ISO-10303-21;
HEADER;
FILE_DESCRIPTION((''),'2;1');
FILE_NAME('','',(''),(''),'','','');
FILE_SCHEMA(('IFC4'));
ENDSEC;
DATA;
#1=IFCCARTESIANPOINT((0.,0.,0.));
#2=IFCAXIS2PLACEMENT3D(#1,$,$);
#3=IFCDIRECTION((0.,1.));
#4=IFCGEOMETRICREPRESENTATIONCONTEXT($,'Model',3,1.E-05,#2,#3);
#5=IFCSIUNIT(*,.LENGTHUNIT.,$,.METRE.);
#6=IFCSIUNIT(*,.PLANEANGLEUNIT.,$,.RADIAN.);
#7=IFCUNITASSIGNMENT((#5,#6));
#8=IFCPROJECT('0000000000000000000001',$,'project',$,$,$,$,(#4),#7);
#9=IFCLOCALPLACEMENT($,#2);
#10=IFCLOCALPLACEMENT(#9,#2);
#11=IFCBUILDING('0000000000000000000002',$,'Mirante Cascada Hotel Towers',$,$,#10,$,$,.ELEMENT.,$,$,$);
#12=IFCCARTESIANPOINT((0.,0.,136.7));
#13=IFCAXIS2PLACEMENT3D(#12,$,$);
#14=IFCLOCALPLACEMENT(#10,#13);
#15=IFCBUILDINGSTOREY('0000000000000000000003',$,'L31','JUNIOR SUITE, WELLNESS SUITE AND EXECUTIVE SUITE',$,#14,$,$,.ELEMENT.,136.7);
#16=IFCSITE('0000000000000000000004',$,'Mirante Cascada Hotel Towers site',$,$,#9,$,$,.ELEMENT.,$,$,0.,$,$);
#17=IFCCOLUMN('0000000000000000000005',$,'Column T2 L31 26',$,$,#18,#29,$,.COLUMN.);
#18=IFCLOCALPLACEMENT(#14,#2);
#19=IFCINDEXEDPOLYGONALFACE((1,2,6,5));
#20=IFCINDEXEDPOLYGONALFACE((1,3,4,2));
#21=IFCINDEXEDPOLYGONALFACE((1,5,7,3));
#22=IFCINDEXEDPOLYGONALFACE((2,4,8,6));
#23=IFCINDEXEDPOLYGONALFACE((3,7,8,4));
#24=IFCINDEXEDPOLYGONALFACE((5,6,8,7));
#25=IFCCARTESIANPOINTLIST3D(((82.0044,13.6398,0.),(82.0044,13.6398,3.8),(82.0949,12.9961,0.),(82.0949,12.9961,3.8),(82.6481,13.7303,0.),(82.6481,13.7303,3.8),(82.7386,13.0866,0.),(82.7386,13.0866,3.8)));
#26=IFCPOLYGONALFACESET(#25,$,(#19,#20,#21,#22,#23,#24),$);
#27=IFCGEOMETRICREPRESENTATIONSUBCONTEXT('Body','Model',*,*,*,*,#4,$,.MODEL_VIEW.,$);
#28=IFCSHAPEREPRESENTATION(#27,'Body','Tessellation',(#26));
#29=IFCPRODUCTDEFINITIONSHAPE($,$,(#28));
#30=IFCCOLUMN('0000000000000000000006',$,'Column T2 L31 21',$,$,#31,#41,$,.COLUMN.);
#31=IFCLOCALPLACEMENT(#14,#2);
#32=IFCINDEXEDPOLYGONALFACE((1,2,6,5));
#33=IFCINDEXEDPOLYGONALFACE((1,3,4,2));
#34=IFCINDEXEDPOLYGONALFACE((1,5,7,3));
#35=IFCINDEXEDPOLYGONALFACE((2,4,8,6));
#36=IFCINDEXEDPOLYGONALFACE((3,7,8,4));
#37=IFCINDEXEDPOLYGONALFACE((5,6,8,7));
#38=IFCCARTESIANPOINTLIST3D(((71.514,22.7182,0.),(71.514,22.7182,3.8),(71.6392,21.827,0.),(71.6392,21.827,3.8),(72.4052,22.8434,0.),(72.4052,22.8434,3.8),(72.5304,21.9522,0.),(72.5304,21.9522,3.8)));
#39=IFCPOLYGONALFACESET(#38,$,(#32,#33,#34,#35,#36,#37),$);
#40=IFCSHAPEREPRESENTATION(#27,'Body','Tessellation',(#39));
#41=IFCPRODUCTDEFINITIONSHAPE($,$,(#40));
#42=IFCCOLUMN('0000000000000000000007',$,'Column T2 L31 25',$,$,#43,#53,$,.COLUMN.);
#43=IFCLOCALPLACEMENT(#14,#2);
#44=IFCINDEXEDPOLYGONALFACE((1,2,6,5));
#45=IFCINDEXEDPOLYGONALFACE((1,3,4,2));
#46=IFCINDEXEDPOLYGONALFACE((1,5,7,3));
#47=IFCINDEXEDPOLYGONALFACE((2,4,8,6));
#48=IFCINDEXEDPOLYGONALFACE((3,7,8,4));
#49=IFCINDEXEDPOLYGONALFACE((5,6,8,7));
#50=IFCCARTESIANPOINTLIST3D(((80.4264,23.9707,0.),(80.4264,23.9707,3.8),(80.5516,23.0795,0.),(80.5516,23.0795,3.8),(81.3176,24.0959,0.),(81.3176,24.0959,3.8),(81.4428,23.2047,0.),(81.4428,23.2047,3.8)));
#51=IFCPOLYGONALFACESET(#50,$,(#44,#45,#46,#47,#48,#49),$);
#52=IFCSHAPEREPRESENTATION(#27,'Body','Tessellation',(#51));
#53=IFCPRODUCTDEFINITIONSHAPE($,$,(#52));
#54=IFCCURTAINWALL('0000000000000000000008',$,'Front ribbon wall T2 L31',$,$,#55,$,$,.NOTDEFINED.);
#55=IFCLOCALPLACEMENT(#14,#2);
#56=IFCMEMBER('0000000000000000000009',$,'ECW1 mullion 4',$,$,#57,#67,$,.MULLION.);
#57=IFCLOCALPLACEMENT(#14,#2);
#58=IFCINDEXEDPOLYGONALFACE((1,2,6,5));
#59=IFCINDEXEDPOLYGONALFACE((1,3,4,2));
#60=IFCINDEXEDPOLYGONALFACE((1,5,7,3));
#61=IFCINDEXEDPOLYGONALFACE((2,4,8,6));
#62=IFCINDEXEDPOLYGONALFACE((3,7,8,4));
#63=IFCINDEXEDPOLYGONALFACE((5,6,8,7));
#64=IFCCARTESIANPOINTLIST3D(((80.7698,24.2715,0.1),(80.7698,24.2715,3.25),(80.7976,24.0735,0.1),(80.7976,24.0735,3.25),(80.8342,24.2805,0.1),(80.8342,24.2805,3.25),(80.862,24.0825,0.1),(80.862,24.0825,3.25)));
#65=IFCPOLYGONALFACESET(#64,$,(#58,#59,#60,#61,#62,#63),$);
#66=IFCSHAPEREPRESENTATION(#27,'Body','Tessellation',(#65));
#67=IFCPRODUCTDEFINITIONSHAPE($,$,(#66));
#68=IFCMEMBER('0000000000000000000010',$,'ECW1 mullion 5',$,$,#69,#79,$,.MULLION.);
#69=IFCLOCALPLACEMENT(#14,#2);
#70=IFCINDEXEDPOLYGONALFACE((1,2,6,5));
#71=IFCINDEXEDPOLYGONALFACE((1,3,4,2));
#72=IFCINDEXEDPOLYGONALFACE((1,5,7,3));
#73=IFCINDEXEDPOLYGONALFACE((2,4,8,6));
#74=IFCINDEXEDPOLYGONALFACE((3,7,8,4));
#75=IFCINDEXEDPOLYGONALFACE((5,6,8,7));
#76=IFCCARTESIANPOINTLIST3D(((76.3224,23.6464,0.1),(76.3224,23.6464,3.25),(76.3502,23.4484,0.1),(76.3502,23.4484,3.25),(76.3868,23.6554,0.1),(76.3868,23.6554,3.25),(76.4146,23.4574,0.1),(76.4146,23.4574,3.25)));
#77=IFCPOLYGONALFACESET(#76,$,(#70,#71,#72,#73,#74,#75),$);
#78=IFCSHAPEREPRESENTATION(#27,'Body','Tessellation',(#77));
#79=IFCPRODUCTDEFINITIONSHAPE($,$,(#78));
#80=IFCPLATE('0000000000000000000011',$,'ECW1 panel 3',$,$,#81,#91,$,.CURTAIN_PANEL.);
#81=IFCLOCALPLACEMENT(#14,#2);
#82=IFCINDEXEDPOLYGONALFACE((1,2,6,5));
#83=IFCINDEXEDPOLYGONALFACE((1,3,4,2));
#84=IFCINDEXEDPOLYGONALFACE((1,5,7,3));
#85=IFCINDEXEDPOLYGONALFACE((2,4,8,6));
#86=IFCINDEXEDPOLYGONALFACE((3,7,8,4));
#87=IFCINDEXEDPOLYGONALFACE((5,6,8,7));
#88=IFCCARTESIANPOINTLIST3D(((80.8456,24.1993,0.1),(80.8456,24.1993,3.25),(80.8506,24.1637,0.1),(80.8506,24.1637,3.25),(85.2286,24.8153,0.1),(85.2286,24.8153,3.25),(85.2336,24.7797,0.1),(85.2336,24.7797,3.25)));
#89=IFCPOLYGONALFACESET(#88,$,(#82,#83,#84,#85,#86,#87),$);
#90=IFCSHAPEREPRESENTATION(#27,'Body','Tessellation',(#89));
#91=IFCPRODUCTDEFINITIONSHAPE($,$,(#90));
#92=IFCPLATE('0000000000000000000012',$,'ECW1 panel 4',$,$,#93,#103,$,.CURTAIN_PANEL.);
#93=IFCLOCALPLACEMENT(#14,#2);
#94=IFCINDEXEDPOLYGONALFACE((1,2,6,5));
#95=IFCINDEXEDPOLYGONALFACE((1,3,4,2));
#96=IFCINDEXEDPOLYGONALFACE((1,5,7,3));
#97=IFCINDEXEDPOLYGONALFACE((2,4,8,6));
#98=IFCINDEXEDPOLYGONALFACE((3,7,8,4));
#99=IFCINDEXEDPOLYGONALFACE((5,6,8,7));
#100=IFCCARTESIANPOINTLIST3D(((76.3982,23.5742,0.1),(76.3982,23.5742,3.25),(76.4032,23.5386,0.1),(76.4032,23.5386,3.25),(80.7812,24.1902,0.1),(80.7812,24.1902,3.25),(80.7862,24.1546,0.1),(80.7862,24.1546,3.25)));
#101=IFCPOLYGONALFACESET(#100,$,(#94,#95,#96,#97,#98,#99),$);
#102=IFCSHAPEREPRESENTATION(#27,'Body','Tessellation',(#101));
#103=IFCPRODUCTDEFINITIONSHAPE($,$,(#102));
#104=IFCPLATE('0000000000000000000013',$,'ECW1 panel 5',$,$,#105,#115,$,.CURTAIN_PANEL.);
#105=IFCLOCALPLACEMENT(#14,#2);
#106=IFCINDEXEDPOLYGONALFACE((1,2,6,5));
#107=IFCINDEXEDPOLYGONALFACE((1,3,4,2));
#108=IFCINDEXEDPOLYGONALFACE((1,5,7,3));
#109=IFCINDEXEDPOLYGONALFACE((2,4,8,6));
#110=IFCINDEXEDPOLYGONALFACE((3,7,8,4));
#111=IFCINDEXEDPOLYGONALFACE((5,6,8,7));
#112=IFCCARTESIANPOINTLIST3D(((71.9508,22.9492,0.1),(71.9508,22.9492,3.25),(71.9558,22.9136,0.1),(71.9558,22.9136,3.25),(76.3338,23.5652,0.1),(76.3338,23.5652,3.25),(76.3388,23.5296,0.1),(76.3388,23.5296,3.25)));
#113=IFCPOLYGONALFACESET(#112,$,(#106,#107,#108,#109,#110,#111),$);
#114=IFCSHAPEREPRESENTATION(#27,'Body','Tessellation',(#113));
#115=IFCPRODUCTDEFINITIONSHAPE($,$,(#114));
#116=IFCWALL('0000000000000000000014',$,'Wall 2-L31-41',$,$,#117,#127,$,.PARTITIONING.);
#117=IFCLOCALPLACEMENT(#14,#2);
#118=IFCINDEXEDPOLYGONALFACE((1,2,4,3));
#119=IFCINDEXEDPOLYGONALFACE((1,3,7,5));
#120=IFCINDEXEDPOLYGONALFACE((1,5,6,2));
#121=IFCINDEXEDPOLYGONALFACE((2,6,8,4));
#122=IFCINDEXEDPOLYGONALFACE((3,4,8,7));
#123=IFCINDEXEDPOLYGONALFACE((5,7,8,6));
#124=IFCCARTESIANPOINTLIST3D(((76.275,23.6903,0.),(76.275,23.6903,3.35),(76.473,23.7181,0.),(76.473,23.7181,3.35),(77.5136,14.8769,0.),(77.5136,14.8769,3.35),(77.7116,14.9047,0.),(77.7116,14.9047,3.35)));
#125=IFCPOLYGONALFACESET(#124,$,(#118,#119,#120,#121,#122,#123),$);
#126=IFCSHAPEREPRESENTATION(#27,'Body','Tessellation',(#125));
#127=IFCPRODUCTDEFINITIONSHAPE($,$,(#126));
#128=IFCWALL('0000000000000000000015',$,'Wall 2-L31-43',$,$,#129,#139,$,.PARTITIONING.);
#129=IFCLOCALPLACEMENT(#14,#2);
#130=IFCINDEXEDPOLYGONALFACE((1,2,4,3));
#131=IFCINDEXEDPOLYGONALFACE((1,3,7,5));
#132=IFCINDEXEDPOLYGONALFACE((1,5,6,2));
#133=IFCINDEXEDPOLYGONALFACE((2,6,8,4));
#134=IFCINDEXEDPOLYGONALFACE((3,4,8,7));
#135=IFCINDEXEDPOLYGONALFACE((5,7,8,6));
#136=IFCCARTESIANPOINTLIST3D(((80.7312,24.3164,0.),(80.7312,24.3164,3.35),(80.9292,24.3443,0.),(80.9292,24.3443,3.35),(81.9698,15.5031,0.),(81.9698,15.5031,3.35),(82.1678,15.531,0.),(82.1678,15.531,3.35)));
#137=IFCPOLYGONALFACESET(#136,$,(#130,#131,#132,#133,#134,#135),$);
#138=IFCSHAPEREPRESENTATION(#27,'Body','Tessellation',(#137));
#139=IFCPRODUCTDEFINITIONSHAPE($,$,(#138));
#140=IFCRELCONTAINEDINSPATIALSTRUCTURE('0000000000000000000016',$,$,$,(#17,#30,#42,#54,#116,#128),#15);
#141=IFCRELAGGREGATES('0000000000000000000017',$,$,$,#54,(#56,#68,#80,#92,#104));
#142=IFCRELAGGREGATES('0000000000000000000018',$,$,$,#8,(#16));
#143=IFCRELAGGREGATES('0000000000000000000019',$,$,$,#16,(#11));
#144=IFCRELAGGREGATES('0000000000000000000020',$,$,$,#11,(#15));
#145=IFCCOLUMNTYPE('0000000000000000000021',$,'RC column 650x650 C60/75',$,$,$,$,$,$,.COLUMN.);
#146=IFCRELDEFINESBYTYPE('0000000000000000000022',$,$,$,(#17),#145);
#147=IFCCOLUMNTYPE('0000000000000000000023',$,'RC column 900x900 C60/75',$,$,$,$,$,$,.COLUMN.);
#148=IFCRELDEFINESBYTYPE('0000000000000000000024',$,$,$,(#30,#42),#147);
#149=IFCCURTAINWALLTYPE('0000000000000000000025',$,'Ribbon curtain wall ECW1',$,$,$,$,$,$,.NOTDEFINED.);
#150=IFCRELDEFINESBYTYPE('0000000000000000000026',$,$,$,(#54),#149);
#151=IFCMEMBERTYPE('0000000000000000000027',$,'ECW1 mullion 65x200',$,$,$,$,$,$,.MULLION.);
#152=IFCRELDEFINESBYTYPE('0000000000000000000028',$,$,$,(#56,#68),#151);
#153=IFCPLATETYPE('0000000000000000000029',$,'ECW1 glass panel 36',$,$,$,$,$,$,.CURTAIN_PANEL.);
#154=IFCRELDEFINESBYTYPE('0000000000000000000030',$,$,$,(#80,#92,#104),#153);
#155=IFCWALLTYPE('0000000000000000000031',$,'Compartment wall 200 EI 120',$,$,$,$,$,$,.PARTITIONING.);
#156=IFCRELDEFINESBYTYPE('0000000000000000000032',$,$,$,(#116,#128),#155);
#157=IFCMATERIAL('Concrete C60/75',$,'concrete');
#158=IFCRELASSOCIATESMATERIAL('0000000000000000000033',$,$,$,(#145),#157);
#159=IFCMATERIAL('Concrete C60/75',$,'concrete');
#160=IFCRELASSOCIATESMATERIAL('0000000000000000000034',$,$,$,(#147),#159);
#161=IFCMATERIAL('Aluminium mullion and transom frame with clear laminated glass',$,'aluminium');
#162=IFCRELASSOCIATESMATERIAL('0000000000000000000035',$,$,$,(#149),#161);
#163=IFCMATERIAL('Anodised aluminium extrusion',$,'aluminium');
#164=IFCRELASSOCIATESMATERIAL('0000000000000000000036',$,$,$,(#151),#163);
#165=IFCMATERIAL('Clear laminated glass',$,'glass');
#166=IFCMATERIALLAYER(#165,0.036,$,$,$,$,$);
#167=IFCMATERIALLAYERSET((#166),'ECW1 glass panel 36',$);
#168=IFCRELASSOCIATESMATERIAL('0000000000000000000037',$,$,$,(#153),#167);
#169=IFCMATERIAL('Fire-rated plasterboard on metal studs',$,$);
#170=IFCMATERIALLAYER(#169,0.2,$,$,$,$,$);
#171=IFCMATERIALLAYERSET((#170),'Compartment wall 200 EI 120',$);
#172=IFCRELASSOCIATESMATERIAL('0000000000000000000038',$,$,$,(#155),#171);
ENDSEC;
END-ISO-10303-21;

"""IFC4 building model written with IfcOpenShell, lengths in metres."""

from ifc_helpers import new_model, si_unit, direction, frame, frame_2d, origin, origin_2d, place, context, subcontext, project, spatial, rectangle, extrude, material, layer, layer_set, material_profile, profile_set, type_object, element, aggregate, save


model = new_model("IFC4")

# Units and contexts
model_context = context("Model", 3, precision=1e-05, world=origin(), true_north=direction((0.0, 1.0)))
body_context = subcontext(model_context, "Body", "Model", "MODEL_VIEW")
ifc_project = project(units=[si_unit("LENGTHUNIT", "METRE"), si_unit("PLANEANGLEUNIT", "RADIAN")], contexts=[model_context])

# Site, building, storey
site_placement = place(None, origin())
site = spatial("IfcSite", under=ifc_project, at=site_placement, Name="Mirante Cascada Hotel Towers site", CompositionType="ELEMENT", RefElevation=0.0)
building_placement = place(site_placement, origin())
building = spatial("IfcBuilding", under=site, at=building_placement, Name="Mirante Cascada Hotel Towers", CompositionType="ELEMENT")
storey_placement = place(building_placement, frame((0.0, 0.0, 136.7)))
storey = spatial("IfcBuildingStorey", under=building, at=storey_placement, Name="L31", Description="JUNIOR SUITE, WELLNESS SUITE AND EXECUTIVE SUITE", CompositionType="ELEMENT", Elevation=136.7)

# Columns
ifc_material_1 = material(Name="Concrete C60/75", Category="concrete")
ifc_material_profile_1 = material_profile(ifc_material_1, rectangle(XDim=0.65, YDim=0.65, at=origin_2d()), Name="RC column 650x650 C60/75")
ifc_profile_set_1 = profile_set([ifc_material_profile_1], Name="Concrete C60/75")
column_type_1 = type_object("IfcColumnType", Name="RC column 650x650 C60/75", PredefinedType="COLUMN", material=ifc_profile_set_1)
column_placement = place(storey_placement, frame((82.3715, 13.3632, 0.0), z_axis=(0.0, 0.0, 1.0), x_axis=(0.990268, 0.139173, 0.0)))
element("IfcColumn", 1, at=column_placement, inside=storey, type_object=column_type_1, Name="Column T2 L31 26", PredefinedType="COLUMN", context=body_context, shape_type="SweptSolid", body=[
    extrude(rectangle(XDim=0.65, YDim=0.65, at=origin_2d()), origin(), (0.0, 0.0, 1.0), 3.8),
])
ifc_material_2 = material(Name="Concrete C60/75", Category="concrete")
ifc_material_profile_2 = material_profile(ifc_material_2, rectangle(XDim=0.9, YDim=0.9, at=origin_2d()), Name="RC column 900x900 C60/75")
ifc_profile_set_2 = profile_set([ifc_material_profile_2], Name="Concrete C60/75")
column_type_2 = type_object("IfcColumnType", Name="RC column 900x900 C60/75", PredefinedType="COLUMN", material=ifc_profile_set_2)
for number, where, z_axis, x_axis, name in (
    (2, (72.0222, 22.3352, 0.0), (0.0, 0.0, 1.0), (0.990268, 0.139173, 0.0), "Column T2 L31 21"),
    (3, (80.9346, 23.5877, 0.0), (0.0, 0.0, 1.0), (0.990268, 0.139173, 0.0), "Column T2 L31 25"),
):
    element("IfcColumn", number, at=place(storey_placement, frame(where, z_axis=z_axis, x_axis=x_axis)), inside=storey, type_object=column_type_2, Name=name, PredefinedType="COLUMN", context=body_context, shape_type="SweptSolid", body=[
        extrude(rectangle(XDim=0.9, YDim=0.9, at=origin_2d()), origin(), (0.0, 0.0, 1.0), 3.8),
    ])

# Curtain wall, members, plates
ifc_material_3 = material(Name="Aluminium mullion and transom frame with clear laminated glass", Category="aluminium")
curtain_wall_type = type_object("IfcCurtainWallType", Name="Ribbon curtain wall ECW1", PredefinedType="NOTDEFINED", material=ifc_material_3)
curtain_wall_placement = place(storey_placement, origin())
curtain_wall = element("IfcCurtainWall", 4, at=curtain_wall_placement, inside=storey, type_object=curtain_wall_type, Name="Front ribbon wall T2 L31", PredefinedType="NOTDEFINED")
ifc_material_4 = material(Name="Anodised aluminium extrusion", Category="aluminium")
ifc_material_profile_3 = material_profile(ifc_material_4, rectangle(XDim=0.2, YDim=0.065, at=origin_2d()), Name="ECW1 MULLION 65x200")
ifc_profile_set_3 = profile_set([ifc_material_profile_3], Name="Anodised aluminium extrusion")
member_type = type_object("IfcMemberType", Name="ECW1 mullion 65x200", PredefinedType="MULLION", material=ifc_profile_set_3)
member_1_placement = place(storey_placement, frame((80.8159, 24.177, 0.1), z_axis=(0.0, 0.0, 1.0), x_axis=(0.139173, -0.990268, 0.0)))
member_1 = element("IfcMember", 5, at=member_1_placement, type_object=member_type, Name="ECW1 mullion 4", PredefinedType="MULLION", context=body_context, shape_type="SweptSolid", body=[
    extrude(rectangle(XDim=0.2, YDim=0.065, at=origin_2d()), origin(), (0.0, 0.0, 1.0), 3.15),
])
member_2_placement = place(storey_placement, frame((76.3685, 23.5519, 0.1), z_axis=(0.0, 0.0, 1.0), x_axis=(0.139173, -0.990268, 0.0)))
member_2 = element("IfcMember", 6, at=member_2_placement, type_object=member_type, Name="ECW1 mullion 5", PredefinedType="MULLION", context=body_context, shape_type="SweptSolid", body=[
    extrude(rectangle(XDim=0.2, YDim=0.065, at=origin_2d()), origin(), (0.0, 0.0, 1.0), 3.15),
])
ifc_material_5 = material(Name="Clear laminated glass", Category="glass")
ifc_layer_1 = layer(ifc_material_5, 0.036)
ifc_layer_set_1 = layer_set([ifc_layer_1], Name="ECW1 glass panel 36")
plate_type = type_object("IfcPlateType", Name="ECW1 glass panel 36", PredefinedType="CURTAIN_PANEL", material=ifc_layer_set_1)
plate_1_placement = place(storey_placement, frame((83.0396, 24.4895, 0.1), z_axis=(0.0, 0.0, 1.0), x_axis=(-0.990268, -0.139173, 0.0)))
plate_1 = element("IfcPlate", 7, at=plate_1_placement, type_object=plate_type, Name="ECW1 panel 3", PredefinedType="CURTAIN_PANEL", context=body_context, shape_type="SweptSolid", body=[
    extrude(rectangle(XDim=4.4261, YDim=0.036, at=origin_2d()), origin(), (0.0, 0.0, 1.0), 3.15),
])
plate_2_placement = place(storey_placement, frame((78.5922, 23.8644, 0.1), z_axis=(0.0, 0.0, 1.0), x_axis=(-0.990268, -0.139173, 0.0)))
plate_2 = element("IfcPlate", 8, at=plate_2_placement, type_object=plate_type, Name="ECW1 panel 4", PredefinedType="CURTAIN_PANEL", context=body_context, shape_type="SweptSolid", body=[
    extrude(rectangle(XDim=4.4261, YDim=0.036, at=origin_2d()), origin(), (0.0, 0.0, 1.0), 3.15),
])
plate_3_placement = place(storey_placement, frame((74.1448, 23.2394, 0.1), z_axis=(0.0, 0.0, 1.0), x_axis=(-0.990268, -0.139173, 0.0)))
plate_3 = element("IfcPlate", 9, at=plate_3_placement, type_object=plate_type, Name="ECW1 panel 5", PredefinedType="CURTAIN_PANEL", context=body_context, shape_type="SweptSolid", body=[
    extrude(rectangle(XDim=4.4261, YDim=0.036, at=origin_2d()), origin(), (0.0, 0.0, 1.0), 3.15),
])
aggregate(curtain_wall, [member_1, member_2, plate_1, plate_2, plate_3])

# Walls
ifc_material_6 = material(Name="Fire-rated plasterboard on metal studs")
ifc_layer_2 = layer(ifc_material_6, 0.2)
ifc_layer_set_2 = layer_set([ifc_layer_2], Name="Compartment wall 200 EI 120")
wall_type_1 = type_object("IfcWallType", Name="Compartment wall 200 EI 120", PredefinedType="PARTITIONING", material=ifc_layer_set_2)
wall_1_placement = place(storey_placement, frame((76.374, 23.7042, 0.0), z_axis=(0.0, 0.0, 1.0), x_axis=(0.139168, -0.990269, 0.0)))
element("IfcWall", 10, at=wall_1_placement, inside=storey, type_object=wall_type_1, Name="Wall 2-L31-41", PredefinedType="PARTITIONING", context=body_context, shape_type="SweptSolid", body=[
    extrude(rectangle(XDim=8.9, YDim=0.2, at=frame_2d((4.45, 0.0))), origin(), (0.0, 0.0, 1.0), 3.35),
])
wall_2_placement = place(storey_placement, frame((80.8302, 24.3304, 0.0), z_axis=(0.0, 0.0, 1.0), x_axis=(0.13917, -0.990268, 0.0)))
element("IfcWall", 11, at=wall_2_placement, inside=storey, type_object=wall_type_1, Name="Wall 2-L31-43", PredefinedType="PARTITIONING", context=body_context, shape_type="SweptSolid", body=[
    extrude(rectangle(XDim=8.8999, YDim=0.2, at=frame_2d((4.45, 0.0))), origin(), (0.0, 0.0, 1.0), 3.35),
])

save(model, "model.ifc")
